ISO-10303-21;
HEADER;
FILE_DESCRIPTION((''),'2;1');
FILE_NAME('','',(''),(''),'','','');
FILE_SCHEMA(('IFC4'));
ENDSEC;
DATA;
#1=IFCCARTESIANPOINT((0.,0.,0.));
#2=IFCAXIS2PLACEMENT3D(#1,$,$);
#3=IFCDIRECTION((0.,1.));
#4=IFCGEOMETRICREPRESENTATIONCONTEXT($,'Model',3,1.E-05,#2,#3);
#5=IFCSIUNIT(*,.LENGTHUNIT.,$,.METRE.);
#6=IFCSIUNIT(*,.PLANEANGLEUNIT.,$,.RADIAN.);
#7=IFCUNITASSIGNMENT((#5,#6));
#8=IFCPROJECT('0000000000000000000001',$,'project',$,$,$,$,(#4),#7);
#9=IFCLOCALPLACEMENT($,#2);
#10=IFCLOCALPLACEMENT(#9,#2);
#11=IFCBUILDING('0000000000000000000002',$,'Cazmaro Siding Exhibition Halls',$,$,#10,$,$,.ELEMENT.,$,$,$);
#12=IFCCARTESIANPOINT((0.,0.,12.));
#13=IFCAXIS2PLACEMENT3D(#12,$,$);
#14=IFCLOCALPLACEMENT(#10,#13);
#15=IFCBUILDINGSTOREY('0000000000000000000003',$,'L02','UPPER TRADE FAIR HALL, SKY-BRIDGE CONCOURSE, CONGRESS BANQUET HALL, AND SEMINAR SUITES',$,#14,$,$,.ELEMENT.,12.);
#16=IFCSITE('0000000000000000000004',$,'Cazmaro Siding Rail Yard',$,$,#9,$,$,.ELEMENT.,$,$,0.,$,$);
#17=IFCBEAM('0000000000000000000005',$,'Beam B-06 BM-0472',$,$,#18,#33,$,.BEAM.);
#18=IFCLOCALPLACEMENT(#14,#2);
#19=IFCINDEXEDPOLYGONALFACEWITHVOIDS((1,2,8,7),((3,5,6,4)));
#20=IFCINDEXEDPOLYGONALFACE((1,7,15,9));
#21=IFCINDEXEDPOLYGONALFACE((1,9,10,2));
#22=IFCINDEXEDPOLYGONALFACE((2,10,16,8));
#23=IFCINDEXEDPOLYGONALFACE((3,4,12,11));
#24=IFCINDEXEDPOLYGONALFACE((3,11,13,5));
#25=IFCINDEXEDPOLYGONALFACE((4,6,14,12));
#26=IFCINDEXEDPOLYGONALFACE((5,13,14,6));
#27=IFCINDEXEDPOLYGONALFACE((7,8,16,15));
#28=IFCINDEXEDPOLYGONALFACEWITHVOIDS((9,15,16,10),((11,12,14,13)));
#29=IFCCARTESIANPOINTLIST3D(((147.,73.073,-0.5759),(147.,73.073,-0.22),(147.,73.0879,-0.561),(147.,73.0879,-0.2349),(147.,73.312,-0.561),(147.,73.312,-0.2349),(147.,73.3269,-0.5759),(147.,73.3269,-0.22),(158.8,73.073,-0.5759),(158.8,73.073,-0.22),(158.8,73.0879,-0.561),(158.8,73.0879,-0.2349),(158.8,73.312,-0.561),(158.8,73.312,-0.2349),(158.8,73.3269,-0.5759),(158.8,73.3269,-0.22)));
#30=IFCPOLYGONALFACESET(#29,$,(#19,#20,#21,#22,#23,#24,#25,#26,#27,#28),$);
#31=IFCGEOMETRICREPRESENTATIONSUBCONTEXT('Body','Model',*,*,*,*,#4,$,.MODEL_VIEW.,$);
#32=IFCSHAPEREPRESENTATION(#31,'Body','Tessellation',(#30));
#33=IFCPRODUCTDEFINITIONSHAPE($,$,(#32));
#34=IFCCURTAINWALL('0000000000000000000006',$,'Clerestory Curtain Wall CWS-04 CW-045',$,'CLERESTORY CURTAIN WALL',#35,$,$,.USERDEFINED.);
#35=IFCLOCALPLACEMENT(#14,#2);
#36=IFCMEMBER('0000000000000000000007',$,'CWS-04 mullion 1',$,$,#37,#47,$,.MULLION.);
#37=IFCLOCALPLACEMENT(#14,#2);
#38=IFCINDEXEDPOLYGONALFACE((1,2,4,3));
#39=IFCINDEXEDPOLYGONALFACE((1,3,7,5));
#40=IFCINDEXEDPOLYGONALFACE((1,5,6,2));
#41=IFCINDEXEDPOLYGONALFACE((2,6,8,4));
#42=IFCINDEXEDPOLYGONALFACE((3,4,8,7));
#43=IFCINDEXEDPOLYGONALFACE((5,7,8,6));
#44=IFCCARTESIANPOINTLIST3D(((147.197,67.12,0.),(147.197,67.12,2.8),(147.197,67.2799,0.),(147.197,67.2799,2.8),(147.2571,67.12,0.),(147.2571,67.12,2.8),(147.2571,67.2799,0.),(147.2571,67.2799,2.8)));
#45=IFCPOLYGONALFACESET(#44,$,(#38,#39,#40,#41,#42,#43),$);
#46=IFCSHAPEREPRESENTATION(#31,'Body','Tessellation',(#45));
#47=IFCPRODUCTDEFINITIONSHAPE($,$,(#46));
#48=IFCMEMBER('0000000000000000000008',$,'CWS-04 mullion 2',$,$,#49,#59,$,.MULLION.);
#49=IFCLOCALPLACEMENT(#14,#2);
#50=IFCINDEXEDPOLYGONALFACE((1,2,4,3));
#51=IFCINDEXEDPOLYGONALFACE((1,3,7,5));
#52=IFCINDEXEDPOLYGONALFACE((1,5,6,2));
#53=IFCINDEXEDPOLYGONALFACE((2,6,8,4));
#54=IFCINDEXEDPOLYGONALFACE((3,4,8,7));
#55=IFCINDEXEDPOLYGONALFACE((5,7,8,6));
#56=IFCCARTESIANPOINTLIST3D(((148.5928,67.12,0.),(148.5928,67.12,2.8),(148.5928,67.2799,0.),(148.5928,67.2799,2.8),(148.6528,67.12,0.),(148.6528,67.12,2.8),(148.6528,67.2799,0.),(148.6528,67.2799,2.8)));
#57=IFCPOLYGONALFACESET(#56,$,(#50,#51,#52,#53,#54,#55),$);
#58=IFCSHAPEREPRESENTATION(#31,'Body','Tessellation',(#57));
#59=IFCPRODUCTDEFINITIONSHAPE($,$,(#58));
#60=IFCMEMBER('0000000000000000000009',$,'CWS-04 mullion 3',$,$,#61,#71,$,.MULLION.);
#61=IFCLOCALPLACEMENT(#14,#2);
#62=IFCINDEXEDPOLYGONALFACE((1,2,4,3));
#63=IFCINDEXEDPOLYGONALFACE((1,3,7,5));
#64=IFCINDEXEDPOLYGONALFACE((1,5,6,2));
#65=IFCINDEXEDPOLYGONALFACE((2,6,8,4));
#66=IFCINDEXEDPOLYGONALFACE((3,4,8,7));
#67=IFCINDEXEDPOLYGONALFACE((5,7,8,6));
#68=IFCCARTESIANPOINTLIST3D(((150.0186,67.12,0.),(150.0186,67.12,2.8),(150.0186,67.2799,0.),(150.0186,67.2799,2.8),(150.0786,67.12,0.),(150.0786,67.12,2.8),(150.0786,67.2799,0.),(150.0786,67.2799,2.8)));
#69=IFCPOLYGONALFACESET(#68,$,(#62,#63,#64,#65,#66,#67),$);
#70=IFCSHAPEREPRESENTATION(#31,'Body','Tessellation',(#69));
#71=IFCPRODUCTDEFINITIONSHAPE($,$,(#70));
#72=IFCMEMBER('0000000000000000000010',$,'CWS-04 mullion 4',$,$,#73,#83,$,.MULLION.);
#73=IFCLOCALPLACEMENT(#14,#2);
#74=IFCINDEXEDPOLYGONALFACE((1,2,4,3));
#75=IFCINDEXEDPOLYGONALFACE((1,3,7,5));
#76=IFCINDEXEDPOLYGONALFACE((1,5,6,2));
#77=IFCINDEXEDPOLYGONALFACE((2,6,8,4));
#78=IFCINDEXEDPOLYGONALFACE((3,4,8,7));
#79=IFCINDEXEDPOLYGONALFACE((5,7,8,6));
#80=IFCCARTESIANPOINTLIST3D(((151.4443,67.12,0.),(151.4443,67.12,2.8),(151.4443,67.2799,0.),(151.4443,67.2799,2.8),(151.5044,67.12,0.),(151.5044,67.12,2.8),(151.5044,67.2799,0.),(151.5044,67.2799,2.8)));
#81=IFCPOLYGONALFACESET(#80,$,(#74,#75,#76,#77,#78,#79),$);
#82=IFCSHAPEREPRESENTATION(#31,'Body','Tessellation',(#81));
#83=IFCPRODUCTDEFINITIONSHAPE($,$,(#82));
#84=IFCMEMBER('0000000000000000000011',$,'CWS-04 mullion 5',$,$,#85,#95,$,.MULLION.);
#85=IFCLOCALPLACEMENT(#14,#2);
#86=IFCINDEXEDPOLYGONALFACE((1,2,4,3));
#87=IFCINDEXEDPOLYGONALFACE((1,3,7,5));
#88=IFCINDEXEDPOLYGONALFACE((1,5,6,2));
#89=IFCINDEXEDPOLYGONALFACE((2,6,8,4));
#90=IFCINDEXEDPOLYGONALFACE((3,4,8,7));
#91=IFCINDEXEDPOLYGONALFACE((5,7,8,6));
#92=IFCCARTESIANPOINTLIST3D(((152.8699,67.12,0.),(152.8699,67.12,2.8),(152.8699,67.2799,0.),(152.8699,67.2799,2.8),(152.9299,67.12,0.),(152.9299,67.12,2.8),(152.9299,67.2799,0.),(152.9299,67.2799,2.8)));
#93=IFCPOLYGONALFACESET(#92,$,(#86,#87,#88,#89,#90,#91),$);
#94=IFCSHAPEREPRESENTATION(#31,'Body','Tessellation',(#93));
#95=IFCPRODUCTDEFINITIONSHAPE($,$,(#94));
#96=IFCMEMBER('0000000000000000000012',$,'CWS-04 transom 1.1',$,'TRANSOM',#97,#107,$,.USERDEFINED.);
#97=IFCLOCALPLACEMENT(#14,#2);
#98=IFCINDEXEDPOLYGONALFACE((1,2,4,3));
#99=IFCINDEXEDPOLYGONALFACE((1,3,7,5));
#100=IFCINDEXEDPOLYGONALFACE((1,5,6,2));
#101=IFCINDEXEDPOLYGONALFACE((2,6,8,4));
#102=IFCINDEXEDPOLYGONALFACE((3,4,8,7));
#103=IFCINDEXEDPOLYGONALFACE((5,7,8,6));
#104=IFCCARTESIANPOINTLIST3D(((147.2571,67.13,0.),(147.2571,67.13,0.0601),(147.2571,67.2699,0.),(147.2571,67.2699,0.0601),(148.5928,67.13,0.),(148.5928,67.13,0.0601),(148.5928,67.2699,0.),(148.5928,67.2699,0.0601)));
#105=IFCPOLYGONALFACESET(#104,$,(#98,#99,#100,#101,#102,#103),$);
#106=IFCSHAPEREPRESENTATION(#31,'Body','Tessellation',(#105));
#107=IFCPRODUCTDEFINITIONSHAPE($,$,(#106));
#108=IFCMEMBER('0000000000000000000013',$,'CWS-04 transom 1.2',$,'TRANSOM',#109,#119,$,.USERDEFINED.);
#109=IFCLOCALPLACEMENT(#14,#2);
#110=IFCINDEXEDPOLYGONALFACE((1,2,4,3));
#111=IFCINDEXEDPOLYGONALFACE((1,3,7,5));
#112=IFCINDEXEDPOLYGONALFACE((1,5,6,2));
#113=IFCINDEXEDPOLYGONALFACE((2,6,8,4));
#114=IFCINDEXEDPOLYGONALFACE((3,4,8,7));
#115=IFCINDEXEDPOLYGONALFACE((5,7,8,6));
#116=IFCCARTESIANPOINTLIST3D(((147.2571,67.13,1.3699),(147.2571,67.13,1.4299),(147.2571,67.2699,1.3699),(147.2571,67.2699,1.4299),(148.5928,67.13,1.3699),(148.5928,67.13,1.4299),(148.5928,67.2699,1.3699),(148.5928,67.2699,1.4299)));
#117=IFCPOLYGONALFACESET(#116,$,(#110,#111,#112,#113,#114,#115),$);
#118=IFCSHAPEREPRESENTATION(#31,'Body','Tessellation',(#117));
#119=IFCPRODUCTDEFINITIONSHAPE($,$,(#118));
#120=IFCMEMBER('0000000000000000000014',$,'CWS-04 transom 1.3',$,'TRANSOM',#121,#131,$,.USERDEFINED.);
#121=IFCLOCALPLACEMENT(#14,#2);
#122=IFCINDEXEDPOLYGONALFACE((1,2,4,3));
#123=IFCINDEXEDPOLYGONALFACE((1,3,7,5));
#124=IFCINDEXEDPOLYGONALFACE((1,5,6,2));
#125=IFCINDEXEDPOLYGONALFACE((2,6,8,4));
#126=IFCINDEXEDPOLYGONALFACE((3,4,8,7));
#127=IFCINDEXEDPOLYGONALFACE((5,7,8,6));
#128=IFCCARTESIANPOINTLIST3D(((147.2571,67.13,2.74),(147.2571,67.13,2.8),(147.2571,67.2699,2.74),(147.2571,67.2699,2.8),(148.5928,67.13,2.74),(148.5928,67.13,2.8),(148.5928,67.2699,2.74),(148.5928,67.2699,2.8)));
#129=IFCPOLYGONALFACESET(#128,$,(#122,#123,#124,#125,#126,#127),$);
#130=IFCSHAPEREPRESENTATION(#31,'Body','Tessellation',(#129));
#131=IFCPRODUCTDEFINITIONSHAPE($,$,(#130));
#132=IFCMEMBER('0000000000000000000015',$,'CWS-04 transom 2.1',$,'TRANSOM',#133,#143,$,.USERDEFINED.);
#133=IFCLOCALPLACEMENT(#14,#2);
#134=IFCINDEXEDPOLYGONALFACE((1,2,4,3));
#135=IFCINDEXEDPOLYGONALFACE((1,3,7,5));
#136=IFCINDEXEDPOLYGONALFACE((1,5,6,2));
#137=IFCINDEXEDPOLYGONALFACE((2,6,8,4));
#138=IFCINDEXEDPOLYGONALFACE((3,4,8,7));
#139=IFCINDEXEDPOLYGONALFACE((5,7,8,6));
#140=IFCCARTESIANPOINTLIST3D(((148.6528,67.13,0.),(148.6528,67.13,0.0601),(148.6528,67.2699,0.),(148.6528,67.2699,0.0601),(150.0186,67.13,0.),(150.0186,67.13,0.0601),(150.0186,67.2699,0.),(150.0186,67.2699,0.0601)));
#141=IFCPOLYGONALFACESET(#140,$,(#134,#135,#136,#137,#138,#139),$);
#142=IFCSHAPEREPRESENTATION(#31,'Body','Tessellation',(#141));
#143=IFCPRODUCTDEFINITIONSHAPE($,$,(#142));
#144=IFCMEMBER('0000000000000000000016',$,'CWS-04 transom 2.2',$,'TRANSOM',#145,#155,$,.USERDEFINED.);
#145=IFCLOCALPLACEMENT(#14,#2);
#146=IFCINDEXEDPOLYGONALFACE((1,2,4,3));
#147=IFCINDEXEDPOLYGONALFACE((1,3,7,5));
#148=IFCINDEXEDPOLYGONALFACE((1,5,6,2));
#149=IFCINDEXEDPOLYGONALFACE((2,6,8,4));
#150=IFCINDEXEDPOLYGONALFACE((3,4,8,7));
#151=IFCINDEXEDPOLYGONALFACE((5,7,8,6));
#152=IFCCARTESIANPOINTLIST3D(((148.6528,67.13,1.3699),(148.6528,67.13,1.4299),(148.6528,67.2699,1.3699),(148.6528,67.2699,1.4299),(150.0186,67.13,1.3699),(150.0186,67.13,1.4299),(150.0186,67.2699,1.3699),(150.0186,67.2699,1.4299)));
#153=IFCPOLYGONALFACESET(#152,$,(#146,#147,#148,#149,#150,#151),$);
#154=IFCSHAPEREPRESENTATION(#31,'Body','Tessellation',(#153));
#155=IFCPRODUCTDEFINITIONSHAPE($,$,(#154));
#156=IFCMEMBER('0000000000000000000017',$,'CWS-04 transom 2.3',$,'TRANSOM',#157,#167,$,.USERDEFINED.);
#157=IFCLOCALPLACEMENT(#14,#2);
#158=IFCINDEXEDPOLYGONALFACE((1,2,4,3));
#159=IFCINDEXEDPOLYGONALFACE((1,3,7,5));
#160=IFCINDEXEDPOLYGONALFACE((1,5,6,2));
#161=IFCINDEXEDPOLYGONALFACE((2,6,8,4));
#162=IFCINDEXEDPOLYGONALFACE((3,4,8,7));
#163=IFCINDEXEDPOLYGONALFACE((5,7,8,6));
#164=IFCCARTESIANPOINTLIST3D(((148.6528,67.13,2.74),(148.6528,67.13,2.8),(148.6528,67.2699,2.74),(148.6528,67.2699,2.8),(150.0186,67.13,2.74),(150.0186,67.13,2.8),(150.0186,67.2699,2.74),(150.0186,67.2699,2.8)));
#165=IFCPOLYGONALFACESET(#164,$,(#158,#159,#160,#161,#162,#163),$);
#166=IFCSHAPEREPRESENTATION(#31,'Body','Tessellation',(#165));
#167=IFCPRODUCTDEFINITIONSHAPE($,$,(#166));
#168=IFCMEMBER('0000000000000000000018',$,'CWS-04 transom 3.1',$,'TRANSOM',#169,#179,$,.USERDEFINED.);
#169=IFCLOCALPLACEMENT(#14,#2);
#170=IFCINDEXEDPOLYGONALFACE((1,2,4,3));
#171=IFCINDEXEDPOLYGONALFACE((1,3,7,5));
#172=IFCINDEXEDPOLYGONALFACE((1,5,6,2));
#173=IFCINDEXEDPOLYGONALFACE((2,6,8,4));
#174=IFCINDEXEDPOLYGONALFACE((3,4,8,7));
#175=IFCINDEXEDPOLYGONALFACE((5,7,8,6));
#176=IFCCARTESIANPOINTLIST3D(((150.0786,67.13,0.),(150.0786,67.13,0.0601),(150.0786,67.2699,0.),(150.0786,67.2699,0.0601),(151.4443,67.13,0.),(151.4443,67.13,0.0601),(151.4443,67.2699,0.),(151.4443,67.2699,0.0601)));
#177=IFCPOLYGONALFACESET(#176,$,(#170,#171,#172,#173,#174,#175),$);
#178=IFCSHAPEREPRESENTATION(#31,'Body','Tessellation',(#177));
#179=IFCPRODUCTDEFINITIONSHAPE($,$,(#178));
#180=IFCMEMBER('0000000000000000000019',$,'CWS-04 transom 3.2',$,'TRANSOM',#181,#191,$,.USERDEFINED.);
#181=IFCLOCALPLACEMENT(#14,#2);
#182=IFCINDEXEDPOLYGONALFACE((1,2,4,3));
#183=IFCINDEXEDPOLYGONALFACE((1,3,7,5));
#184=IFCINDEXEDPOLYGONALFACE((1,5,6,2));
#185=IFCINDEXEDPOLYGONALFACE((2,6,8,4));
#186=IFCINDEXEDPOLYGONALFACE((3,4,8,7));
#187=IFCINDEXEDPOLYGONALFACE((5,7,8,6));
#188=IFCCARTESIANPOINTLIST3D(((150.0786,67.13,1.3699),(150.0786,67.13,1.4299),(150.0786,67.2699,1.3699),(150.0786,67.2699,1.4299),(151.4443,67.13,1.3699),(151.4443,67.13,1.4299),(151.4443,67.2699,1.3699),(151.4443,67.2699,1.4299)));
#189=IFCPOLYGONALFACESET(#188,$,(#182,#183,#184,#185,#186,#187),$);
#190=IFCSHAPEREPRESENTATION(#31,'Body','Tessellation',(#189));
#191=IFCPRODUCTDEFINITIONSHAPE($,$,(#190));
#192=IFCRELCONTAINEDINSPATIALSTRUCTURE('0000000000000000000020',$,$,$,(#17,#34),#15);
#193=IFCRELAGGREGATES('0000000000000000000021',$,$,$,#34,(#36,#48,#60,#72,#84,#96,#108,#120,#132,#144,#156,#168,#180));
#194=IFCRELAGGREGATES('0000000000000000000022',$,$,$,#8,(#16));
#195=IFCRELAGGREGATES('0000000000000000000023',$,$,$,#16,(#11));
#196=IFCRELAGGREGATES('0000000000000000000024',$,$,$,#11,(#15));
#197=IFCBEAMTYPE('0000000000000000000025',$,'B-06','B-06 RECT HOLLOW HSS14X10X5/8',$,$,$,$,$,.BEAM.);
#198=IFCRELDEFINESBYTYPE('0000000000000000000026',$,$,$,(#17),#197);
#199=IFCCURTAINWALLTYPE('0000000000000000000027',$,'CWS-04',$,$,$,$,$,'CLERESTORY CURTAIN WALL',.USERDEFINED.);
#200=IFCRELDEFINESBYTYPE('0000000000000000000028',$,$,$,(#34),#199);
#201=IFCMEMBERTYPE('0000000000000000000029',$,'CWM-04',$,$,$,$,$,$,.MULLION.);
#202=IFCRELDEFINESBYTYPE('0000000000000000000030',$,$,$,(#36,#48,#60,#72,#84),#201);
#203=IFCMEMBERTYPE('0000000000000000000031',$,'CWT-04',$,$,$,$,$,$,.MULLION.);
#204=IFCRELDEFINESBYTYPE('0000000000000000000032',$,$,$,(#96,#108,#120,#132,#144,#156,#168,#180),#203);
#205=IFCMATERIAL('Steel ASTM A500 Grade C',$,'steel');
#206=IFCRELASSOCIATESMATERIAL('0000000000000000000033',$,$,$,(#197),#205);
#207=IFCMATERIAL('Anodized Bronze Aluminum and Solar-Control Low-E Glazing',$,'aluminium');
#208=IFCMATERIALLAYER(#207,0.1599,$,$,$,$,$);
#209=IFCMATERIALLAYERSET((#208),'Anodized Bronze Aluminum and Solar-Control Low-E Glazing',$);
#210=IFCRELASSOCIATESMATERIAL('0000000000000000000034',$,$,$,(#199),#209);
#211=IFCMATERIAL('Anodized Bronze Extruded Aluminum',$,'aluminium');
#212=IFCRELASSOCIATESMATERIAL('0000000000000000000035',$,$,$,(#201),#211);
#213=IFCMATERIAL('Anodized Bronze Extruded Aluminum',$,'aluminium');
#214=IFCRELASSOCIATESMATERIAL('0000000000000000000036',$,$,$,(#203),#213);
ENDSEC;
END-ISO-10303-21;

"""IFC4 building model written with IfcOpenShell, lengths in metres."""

from ifc_helpers import new_model, si_unit, direction, frame, origin, origin_2d, place, context, subcontext, project, spatial, rectangle, hollow_rectangle, extrude, material, layer, layer_set, material_profile, profile_set, type_object, element, aggregate, save


model = new_model("IFC4")

# Units and contexts
model_context = context("Model", 3, precision=1e-05, world=origin(), true_north=direction((0.0, 1.0)))
body_context = subcontext(model_context, "Body", "Model", "MODEL_VIEW")
ifc_project = project(units=[si_unit("LENGTHUNIT", "METRE"), si_unit("PLANEANGLEUNIT", "RADIAN")], contexts=[model_context])

# Site, building, storey
site_placement = place(None, origin())
site = spatial("IfcSite", under=ifc_project, at=site_placement, Name="Cazmaro Siding Rail Yard", CompositionType="ELEMENT", RefElevation=0.0)
building_placement = place(site_placement, origin())
building = spatial("IfcBuilding", under=site, at=building_placement, Name="Cazmaro Siding Exhibition Halls", CompositionType="ELEMENT")
storey_placement = place(building_placement, frame((0.0, 0.0, 12.0)))
storey = spatial("IfcBuildingStorey", under=building, at=storey_placement, Name="L02", Description="UPPER TRADE FAIR HALL, SKY-BRIDGE CONCOURSE, CONGRESS BANQUET HALL, AND SEMINAR SUITES", CompositionType="ELEMENT", Elevation=12.0)

# Beam
ifc_material_1 = material(Name="Steel ASTM A500 Grade C", Category="steel")
ifc_material_profile_1 = material_profile(ifc_material_1, hollow_rectangle(XDim=0.2539, YDim=0.356, WallThickness=0.0149, at=origin_2d()), Name="HSS14X10X5/8")
ifc_profile_set_1 = profile_set([ifc_material_profile_1], Name="Steel ASTM A500 Grade C")
beam_type = type_object("IfcBeamType", Name="B-06", Description="B-06 RECT HOLLOW HSS14X10X5/8", PredefinedType="BEAM", material=ifc_profile_set_1)
beam_placement = place(storey_placement, frame((147.0, 73.2, -0.3979), z_axis=(1.0, 0.0, 0.0), x_axis=(0.0, 1.0, 0.0)))
element("IfcBeam", 1, at=beam_placement, inside=storey, type_object=beam_type, Name="Beam B-06 BM-0472", PredefinedType="BEAM", context=body_context, shape_type="SweptSolid", body=[
    extrude(hollow_rectangle(XDim=0.2539, YDim=0.356, WallThickness=0.0149, at=origin_2d()), origin(), (0.0, 0.0, 1.0), 11.8),
])

# Curtain wall, members
ifc_material_2 = material(Name="Anodized Bronze Aluminum and Solar-Control Low-E Glazing", Category="aluminium")
ifc_layer_1 = layer(ifc_material_2, 0.1599)
ifc_layer_set_1 = layer_set([ifc_layer_1], Name="Anodized Bronze Aluminum and Solar-Control Low-E Glazing")
curtain_wall_type = type_object("IfcCurtainWallType", Name="CWS-04", ElementType="CLERESTORY CURTAIN WALL", PredefinedType="USERDEFINED", material=ifc_layer_set_1)
curtain_wall_placement = place(storey_placement, origin())
curtain_wall = element("IfcCurtainWall", 2, at=curtain_wall_placement, inside=storey, type_object=curtain_wall_type, Name="Clerestory Curtain Wall CWS-04 CW-045", ObjectType="CLERESTORY CURTAIN WALL", PredefinedType="USERDEFINED")
ifc_material_3 = material(Name="Anodized Bronze Extruded Aluminum", Category="aluminium")
ifc_material_profile_2 = material_profile(ifc_material_3, rectangle(XDim=0.1599, YDim=0.0601, at=origin_2d()), Name="CWM-04")
ifc_profile_set_2 = profile_set([ifc_material_profile_2], Name="Anodized Bronze Extruded Aluminum")
member_type_1 = type_object("IfcMemberType", Name="CWM-04", PredefinedType="MULLION", material=ifc_profile_set_2)
member_1_placement = place(storey_placement, frame((147.2271, 67.2, 0.0), z_axis=(0.0, 0.0, 1.0), x_axis=(0.0, 1.0, 0.0)))
member_1 = element("IfcMember", 3, at=member_1_placement, type_object=member_type_1, Name="CWS-04 mullion 1", PredefinedType="MULLION", context=body_context, shape_type="SweptSolid", body=[
    extrude(rectangle(XDim=0.1599, YDim=0.0601, at=origin_2d()), origin(), (0.0, 0.0, 1.0), 2.8),
])
member_2_placement = place(storey_placement, frame((148.6228, 67.2, 0.0), z_axis=(0.0, 0.0, 1.0), x_axis=(0.0, 1.0, 0.0)))
member_2 = element("IfcMember", 4, at=member_2_placement, type_object=member_type_1, Name="CWS-04 mullion 2", PredefinedType="MULLION", context=body_context, shape_type="SweptSolid", body=[
    extrude(rectangle(XDim=0.1599, YDim=0.0601, at=origin_2d()), origin(), (0.0, 0.0, 1.0), 2.8),
])
member_3_placement = place(storey_placement, frame((150.0486, 67.2, 0.0), z_axis=(0.0, 0.0, 1.0), x_axis=(0.0, 1.0, 0.0)))
member_3 = element("IfcMember", 5, at=member_3_placement, type_object=member_type_1, Name="CWS-04 mullion 3", PredefinedType="MULLION", context=body_context, shape_type="SweptSolid", body=[
    extrude(rectangle(XDim=0.1599, YDim=0.0601, at=origin_2d()), origin(), (0.0, 0.0, 1.0), 2.8),
])
member_4_placement = place(storey_placement, frame((151.4744, 67.2, 0.0), z_axis=(0.0, 0.0, 1.0), x_axis=(0.0, 1.0, 0.0)))
member_4 = element("IfcMember", 6, at=member_4_placement, type_object=member_type_1, Name="CWS-04 mullion 4", PredefinedType="MULLION", context=body_context, shape_type="SweptSolid", body=[
    extrude(rectangle(XDim=0.1599, YDim=0.0601, at=origin_2d()), origin(), (0.0, 0.0, 1.0), 2.8),
])
member_5_placement = place(storey_placement, frame((152.8999, 67.2, 0.0), z_axis=(0.0, 0.0, 1.0), x_axis=(0.0, 1.0, 0.0)))
member_5 = element("IfcMember", 7, at=member_5_placement, type_object=member_type_1, Name="CWS-04 mullion 5", PredefinedType="MULLION", context=body_context, shape_type="SweptSolid", body=[
    extrude(rectangle(XDim=0.1599, YDim=0.0601, at=origin_2d()), origin(), (0.0, 0.0, 1.0), 2.8),
])
ifc_material_4 = material(Name="Anodized Bronze Extruded Aluminum", Category="aluminium")
ifc_material_profile_3 = material_profile(ifc_material_4, rectangle(XDim=0.1399, YDim=0.0601, at=origin_2d()), Name="CWT-04")
ifc_profile_set_3 = profile_set([ifc_material_profile_3], Name="Anodized Bronze Extruded Aluminum")
member_type_2 = type_object("IfcMemberType", Name="CWT-04", PredefinedType="MULLION", material=ifc_profile_set_3)
member_6_placement = place(storey_placement, frame((147.2571, 67.2, 0.03), z_axis=(1.0, 0.0, 0.0), x_axis=(0.0, 1.0, 0.0)))
member_6 = element("IfcMember", 8, at=member_6_placement, type_object=member_type_2, Name="CWS-04 transom 1.1", ObjectType="TRANSOM", PredefinedType="USERDEFINED", context=body_context, shape_type="SweptSolid", body=[
    extrude(rectangle(XDim=0.1399, YDim=0.0601, at=origin_2d()), origin(), (0.0, 0.0, 1.0), 1.3357),
])
member_7_placement = place(storey_placement, frame((147.2571, 67.2, 1.3999), z_axis=(1.0, 0.0, 0.0), x_axis=(0.0, 1.0, 0.0)))
member_7 = element("IfcMember", 9, at=member_7_placement, type_object=member_type_2, Name="CWS-04 transom 1.2", ObjectType="TRANSOM", PredefinedType="USERDEFINED", context=body_context, shape_type="SweptSolid", body=[
    extrude(rectangle(XDim=0.1399, YDim=0.0601, at=origin_2d()), origin(), (0.0, 0.0, 1.0), 1.3357),
])
member_8_placement = place(storey_placement, frame((147.2571, 67.2, 2.77), z_axis=(1.0, 0.0, 0.0), x_axis=(0.0, 1.0, 0.0)))
member_8 = element("IfcMember", 10, at=member_8_placement, type_object=member_type_2, Name="CWS-04 transom 1.3", ObjectType="TRANSOM", PredefinedType="USERDEFINED", context=body_context, shape_type="SweptSolid", body=[
    extrude(rectangle(XDim=0.1399, YDim=0.0601, at=origin_2d()), origin(), (0.0, 0.0, 1.0), 1.3357),
])
member_9_placement = place(storey_placement, frame((148.6528, 67.2, 0.03), z_axis=(1.0, 0.0, 0.0), x_axis=(0.0, 1.0, 0.0)))
member_9 = element("IfcMember", 11, at=member_9_placement, type_object=member_type_2, Name="CWS-04 transom 2.1", ObjectType="TRANSOM", PredefinedType="USERDEFINED", context=body_context, shape_type="SweptSolid", body=[
    extrude(rectangle(XDim=0.1399, YDim=0.0601, at=origin_2d()), origin(), (0.0, 0.0, 1.0), 1.3657),
])
member_10_placement = place(storey_placement, frame((148.6528, 67.2, 1.3999), z_axis=(1.0, 0.0, 0.0), x_axis=(0.0, 1.0, 0.0)))
member_10 = element("IfcMember", 12, at=member_10_placement, type_object=member_type_2, Name="CWS-04 transom 2.2", ObjectType="TRANSOM", PredefinedType="USERDEFINED", context=body_context, shape_type="SweptSolid", body=[
    extrude(rectangle(XDim=0.1399, YDim=0.0601, at=origin_2d()), origin(), (0.0, 0.0, 1.0), 1.3657),
])
member_11_placement = place(storey_placement, frame((148.6528, 67.2, 2.77), z_axis=(1.0, 0.0, 0.0), x_axis=(0.0, 1.0, 0.0)))
member_11 = element("IfcMember", 13, at=member_11_placement, type_object=member_type_2, Name="CWS-04 transom 2.3", ObjectType="TRANSOM", PredefinedType="USERDEFINED", context=body_context, shape_type="SweptSolid", body=[
    extrude(rectangle(XDim=0.1399, YDim=0.0601, at=origin_2d()), origin(), (0.0, 0.0, 1.0), 1.3657),
])
member_12_placement = place(storey_placement, frame((150.0786, 67.2, 0.03), z_axis=(1.0, 0.0, 0.0), x_axis=(0.0, 1.0, 0.0)))
member_12 = element("IfcMember", 14, at=member_12_placement, type_object=member_type_2, Name="CWS-04 transom 3.1", ObjectType="TRANSOM", PredefinedType="USERDEFINED", context=body_context, shape_type="SweptSolid", body=[
    extrude(rectangle(XDim=0.1399, YDim=0.0601, at=origin_2d()), origin(), (0.0, 0.0, 1.0), 1.3657),
])
member_13_placement = place(storey_placement, frame((150.0786, 67.2, 1.3999), z_axis=(1.0, 0.0, 0.0), x_axis=(0.0, 1.0, 0.0)))
member_13 = element("IfcMember", 15, at=member_13_placement, type_object=member_type_2, Name="CWS-04 transom 3.2", ObjectType="TRANSOM", PredefinedType="USERDEFINED", context=body_context, shape_type="SweptSolid", body=[
    extrude(rectangle(XDim=0.1399, YDim=0.0601, at=origin_2d()), origin(), (0.0, 0.0, 1.0), 1.3657),
])

aggregate(curtain_wall, [member_1, member_2, member_3, member_4, member_5, member_6, member_7, member_8, member_9, member_10, member_11, member_12, member_13])

save(model, "model.ifc")
